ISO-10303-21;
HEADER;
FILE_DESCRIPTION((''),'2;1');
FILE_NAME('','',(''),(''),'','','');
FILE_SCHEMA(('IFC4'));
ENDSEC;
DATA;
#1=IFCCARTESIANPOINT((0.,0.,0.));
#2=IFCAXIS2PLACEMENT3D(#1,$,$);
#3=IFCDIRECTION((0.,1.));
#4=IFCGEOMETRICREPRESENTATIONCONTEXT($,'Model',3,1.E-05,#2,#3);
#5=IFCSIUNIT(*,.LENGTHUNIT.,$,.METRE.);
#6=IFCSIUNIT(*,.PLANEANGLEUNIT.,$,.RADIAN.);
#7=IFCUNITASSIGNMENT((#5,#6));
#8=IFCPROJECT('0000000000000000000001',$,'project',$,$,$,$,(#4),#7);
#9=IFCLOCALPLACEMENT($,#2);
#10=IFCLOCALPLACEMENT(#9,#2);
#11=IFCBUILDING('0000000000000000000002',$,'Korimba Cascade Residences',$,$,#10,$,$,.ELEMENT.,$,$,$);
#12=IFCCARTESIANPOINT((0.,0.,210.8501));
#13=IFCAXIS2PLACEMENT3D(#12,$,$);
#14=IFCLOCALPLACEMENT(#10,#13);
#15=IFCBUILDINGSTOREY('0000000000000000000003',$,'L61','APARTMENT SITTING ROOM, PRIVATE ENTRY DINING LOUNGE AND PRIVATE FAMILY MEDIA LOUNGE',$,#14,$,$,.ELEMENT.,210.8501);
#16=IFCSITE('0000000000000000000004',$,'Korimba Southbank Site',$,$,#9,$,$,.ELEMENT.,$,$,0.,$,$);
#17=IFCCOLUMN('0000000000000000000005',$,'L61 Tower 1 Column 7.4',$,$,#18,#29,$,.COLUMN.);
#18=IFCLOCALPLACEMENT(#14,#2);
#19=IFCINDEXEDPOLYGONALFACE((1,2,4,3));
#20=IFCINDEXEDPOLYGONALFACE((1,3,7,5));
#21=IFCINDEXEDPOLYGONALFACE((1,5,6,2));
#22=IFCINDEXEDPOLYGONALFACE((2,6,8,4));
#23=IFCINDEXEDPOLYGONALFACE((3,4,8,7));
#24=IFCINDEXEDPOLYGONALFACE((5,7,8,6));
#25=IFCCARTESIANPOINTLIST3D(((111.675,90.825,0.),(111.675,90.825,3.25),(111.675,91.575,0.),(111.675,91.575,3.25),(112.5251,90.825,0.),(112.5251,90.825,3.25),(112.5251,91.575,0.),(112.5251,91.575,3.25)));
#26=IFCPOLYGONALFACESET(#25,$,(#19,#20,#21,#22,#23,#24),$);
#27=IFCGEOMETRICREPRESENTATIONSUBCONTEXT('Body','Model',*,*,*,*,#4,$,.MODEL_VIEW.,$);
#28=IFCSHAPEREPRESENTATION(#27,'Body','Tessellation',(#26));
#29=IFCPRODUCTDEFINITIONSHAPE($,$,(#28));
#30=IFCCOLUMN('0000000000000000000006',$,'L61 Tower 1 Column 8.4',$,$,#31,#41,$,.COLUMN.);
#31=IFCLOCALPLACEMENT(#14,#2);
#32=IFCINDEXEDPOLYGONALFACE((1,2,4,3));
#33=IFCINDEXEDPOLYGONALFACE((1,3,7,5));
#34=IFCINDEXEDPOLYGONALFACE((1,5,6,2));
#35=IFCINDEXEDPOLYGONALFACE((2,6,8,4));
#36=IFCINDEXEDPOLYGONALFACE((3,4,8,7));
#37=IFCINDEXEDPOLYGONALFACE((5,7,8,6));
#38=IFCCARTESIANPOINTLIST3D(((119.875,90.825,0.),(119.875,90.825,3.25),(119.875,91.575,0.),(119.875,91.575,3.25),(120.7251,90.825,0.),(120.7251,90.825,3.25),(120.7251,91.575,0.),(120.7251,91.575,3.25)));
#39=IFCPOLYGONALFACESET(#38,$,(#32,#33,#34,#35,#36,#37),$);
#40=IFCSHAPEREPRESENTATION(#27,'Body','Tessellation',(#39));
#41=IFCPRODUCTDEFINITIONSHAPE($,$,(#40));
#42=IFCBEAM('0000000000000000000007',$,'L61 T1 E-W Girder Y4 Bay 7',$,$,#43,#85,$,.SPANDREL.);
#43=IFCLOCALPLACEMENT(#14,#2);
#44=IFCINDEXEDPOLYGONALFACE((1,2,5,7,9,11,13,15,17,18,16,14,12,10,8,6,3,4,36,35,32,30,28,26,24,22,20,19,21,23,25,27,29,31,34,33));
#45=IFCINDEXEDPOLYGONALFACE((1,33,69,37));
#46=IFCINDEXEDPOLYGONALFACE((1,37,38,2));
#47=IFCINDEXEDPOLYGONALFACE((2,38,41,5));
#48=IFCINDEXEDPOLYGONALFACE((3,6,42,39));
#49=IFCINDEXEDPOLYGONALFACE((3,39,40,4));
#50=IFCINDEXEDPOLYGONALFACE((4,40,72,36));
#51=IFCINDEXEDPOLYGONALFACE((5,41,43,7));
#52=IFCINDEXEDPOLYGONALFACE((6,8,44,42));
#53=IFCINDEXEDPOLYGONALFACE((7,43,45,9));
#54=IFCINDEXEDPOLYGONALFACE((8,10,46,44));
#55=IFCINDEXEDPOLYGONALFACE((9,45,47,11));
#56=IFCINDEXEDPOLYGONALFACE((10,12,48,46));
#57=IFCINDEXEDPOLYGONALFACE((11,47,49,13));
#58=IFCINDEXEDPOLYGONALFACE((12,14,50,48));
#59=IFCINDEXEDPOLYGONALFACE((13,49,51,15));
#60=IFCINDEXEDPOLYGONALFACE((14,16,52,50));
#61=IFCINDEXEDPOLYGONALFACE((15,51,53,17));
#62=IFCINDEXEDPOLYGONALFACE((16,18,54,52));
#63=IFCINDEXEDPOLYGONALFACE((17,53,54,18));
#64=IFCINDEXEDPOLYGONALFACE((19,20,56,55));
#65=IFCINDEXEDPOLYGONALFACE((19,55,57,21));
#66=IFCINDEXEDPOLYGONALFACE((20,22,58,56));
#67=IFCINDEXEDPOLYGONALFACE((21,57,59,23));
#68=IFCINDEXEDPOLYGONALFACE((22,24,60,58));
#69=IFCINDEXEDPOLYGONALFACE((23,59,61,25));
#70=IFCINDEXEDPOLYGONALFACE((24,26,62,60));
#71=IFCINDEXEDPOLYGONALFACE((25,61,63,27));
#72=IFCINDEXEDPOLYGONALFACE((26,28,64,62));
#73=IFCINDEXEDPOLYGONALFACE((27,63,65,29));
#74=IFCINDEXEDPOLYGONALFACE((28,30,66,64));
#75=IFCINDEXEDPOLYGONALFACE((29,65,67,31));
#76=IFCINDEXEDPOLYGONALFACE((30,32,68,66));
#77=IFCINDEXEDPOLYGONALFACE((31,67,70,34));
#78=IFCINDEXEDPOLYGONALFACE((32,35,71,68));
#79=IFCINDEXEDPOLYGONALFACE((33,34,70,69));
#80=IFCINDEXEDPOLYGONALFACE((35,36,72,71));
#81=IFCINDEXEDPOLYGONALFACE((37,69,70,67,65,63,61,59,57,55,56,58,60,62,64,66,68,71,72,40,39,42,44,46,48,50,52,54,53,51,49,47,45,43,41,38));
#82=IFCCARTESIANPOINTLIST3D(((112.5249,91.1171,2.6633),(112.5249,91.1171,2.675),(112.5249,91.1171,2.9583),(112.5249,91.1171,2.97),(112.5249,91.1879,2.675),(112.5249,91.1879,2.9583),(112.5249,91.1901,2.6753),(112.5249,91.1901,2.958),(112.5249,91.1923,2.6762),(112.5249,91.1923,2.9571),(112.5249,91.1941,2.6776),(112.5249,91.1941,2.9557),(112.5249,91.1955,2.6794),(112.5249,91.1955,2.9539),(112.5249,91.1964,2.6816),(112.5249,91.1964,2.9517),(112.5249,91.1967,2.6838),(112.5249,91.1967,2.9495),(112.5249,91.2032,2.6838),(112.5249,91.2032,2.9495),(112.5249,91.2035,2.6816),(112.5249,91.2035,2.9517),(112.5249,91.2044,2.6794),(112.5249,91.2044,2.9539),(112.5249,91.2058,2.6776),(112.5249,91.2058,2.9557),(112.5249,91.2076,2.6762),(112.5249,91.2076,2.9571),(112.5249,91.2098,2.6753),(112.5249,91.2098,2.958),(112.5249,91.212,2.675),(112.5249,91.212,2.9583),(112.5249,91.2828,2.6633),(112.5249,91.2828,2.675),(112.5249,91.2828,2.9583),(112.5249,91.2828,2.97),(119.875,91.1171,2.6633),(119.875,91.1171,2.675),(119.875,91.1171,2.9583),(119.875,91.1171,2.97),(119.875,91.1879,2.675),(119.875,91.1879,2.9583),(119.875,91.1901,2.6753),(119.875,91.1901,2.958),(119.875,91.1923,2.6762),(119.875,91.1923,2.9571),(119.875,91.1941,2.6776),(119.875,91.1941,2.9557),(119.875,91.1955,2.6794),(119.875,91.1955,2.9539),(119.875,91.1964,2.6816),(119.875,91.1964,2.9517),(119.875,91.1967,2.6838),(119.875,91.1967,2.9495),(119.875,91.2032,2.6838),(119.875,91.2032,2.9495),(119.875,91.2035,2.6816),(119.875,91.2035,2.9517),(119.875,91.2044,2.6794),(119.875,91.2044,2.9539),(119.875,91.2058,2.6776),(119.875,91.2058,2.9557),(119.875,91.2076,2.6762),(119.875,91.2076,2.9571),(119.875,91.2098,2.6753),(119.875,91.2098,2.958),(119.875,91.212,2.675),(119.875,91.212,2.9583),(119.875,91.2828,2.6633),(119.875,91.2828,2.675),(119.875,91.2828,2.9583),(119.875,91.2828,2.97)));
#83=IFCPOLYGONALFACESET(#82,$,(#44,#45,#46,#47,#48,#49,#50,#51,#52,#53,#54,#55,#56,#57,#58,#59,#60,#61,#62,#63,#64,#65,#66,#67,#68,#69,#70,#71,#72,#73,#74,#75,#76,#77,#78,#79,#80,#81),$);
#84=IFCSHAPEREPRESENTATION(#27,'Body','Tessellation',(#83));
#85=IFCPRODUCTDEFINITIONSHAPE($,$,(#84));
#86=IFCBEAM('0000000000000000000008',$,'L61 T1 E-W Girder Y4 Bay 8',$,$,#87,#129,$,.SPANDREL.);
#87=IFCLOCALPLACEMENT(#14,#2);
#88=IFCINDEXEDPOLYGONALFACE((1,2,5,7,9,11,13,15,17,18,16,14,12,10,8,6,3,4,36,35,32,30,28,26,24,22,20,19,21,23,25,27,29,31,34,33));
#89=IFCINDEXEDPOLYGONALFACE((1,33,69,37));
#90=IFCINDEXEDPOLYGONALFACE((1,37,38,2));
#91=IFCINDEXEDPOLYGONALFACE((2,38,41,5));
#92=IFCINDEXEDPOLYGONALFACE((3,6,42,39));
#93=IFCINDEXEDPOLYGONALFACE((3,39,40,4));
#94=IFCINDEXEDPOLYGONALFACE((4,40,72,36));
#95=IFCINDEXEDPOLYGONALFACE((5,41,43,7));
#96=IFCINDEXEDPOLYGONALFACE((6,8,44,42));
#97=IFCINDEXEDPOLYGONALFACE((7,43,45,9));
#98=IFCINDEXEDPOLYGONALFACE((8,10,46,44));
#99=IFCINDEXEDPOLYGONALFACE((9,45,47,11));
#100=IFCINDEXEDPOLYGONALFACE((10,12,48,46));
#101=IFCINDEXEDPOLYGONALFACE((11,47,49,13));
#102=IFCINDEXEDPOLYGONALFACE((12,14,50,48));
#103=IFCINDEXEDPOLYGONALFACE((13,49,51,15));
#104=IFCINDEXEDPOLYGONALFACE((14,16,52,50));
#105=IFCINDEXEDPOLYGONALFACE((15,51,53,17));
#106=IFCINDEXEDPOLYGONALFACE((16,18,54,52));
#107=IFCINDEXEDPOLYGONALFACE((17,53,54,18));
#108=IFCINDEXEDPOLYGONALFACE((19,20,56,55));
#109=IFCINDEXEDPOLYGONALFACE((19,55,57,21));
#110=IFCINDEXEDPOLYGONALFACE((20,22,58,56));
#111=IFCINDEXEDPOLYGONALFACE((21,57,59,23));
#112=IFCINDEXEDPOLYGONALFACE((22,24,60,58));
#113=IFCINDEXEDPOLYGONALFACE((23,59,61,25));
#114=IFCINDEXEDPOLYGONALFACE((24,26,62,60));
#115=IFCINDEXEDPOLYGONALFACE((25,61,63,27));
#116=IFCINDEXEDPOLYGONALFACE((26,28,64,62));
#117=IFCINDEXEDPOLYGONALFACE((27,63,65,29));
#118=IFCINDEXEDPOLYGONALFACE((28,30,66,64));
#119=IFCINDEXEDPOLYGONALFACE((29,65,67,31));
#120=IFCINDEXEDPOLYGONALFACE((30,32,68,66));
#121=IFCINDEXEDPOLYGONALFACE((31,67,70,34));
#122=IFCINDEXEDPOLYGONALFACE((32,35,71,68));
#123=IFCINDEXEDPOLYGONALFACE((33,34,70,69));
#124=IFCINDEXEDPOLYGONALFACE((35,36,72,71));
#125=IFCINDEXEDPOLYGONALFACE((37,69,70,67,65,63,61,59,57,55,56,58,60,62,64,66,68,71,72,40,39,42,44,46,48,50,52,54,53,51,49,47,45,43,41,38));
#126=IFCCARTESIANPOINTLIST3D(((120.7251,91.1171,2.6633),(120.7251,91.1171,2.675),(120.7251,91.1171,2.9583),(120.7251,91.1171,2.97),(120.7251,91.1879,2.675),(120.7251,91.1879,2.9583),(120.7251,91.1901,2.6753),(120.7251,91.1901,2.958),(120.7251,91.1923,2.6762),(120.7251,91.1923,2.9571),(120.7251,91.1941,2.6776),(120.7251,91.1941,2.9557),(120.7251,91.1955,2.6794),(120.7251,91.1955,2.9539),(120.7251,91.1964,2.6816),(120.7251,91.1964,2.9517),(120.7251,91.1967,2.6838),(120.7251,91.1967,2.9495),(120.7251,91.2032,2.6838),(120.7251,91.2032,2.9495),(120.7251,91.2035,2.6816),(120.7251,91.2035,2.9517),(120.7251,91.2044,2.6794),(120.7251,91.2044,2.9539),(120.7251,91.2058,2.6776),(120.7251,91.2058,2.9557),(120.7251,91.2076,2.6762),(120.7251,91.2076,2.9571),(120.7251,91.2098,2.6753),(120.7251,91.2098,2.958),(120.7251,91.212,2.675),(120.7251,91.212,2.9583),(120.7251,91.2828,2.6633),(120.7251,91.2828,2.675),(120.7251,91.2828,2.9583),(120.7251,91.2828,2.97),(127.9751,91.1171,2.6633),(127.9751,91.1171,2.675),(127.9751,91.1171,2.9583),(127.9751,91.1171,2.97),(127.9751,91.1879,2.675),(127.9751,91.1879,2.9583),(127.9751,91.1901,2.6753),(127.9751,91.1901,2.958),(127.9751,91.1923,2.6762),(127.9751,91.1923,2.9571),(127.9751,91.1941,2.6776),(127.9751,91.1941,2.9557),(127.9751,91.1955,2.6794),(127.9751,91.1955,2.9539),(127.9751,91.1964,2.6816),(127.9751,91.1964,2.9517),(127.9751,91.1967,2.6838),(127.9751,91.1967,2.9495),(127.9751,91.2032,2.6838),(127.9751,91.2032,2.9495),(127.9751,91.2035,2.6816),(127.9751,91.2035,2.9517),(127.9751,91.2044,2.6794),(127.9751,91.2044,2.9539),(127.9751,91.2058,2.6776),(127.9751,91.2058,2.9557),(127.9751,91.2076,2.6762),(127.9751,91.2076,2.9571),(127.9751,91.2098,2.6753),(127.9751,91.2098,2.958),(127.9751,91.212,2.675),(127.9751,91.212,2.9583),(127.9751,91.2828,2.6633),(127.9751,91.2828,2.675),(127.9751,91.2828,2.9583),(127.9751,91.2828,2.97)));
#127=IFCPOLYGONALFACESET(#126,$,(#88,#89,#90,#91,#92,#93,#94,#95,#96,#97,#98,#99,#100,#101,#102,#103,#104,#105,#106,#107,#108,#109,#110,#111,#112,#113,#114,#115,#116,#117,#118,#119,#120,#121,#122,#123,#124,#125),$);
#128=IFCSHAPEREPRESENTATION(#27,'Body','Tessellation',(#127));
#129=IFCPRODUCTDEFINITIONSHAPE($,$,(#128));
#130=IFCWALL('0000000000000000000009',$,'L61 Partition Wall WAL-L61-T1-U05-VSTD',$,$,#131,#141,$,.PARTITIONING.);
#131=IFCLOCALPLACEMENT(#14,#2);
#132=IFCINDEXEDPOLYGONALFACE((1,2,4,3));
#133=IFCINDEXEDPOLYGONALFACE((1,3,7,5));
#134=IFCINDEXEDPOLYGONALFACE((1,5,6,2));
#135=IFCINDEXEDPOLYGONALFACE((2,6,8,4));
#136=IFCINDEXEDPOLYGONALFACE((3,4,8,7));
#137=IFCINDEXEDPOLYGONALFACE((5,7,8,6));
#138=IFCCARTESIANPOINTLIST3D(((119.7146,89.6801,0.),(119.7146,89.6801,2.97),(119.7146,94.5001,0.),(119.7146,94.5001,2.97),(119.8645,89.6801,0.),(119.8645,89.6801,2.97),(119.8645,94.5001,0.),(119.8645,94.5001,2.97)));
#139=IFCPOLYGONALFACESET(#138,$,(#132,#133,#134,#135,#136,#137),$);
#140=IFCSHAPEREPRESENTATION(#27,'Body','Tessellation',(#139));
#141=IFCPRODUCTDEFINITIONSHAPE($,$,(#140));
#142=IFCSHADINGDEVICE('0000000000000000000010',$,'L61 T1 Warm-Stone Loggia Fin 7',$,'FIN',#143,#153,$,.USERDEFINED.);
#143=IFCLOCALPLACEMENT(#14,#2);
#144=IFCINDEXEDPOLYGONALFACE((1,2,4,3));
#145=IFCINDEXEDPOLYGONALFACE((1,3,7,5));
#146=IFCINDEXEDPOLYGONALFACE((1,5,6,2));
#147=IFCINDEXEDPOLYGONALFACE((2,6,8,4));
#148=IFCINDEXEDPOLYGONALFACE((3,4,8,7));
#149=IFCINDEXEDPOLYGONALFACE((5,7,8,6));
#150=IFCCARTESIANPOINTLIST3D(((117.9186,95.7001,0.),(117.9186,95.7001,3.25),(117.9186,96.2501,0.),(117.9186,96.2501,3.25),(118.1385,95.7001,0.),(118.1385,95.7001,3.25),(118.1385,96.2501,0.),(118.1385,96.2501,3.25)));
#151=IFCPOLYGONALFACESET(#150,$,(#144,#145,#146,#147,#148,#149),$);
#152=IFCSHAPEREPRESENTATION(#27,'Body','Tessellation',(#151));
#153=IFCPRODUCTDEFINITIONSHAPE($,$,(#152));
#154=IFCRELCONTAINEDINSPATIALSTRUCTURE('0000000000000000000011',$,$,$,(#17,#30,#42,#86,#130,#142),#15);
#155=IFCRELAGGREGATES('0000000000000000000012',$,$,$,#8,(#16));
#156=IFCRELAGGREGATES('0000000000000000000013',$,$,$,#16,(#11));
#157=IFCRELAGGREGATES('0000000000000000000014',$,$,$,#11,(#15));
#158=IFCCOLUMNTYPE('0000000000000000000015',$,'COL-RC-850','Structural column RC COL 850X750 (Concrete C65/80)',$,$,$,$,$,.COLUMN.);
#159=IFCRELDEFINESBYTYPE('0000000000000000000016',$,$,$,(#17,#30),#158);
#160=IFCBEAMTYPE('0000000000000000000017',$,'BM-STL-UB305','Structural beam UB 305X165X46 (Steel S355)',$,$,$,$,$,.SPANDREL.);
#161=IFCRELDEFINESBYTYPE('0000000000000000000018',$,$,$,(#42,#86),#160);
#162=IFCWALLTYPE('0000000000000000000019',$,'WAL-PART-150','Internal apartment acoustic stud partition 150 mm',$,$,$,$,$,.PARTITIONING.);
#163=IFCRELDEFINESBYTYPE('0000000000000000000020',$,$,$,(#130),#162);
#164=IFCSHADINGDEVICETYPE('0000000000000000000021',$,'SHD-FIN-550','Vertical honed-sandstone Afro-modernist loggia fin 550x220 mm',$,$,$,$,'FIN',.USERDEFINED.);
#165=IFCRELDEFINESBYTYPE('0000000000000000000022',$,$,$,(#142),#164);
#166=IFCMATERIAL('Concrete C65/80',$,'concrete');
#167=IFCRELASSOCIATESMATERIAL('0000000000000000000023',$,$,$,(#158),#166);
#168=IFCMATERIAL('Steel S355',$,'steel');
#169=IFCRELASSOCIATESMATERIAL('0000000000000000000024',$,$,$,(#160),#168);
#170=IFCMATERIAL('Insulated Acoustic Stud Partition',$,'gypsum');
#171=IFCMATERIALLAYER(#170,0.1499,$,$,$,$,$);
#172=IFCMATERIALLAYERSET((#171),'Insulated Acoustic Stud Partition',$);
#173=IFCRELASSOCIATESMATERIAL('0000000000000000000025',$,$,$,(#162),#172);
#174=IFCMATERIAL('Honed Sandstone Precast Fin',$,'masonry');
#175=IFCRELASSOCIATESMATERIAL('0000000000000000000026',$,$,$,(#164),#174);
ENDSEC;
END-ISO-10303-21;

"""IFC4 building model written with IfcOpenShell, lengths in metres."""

from ifc_helpers import new_model, si_unit, direction, frame, frame_2d, origin, origin_2d, place, context, subcontext, project, spatial, rectangle, i_section, extrude, material, layer, layer_set, material_profile, profile_set, type_object, element, save


model = new_model("IFC4")

# Units and contexts
model_context = context("Model", 3, precision=1e-05, world=origin(), true_north=direction((0.0, 1.0)))
body_context = subcontext(model_context, "Body", "Model", "MODEL_VIEW")
ifc_project = project(units=[si_unit("LENGTHUNIT", "METRE"), si_unit("PLANEANGLEUNIT", "RADIAN")], contexts=[model_context])

# Site, building, storey
site_placement = place(None, origin())
site = spatial("IfcSite", under=ifc_project, at=site_placement, Name="Korimba Southbank Site", CompositionType="ELEMENT", RefElevation=0.0)
building_placement = place(site_placement, origin())
building = spatial("IfcBuilding", under=site, at=building_placement, Name="Korimba Cascade Residences", CompositionType="ELEMENT")
storey_placement = place(building_placement, frame((0.0, 0.0, 210.8501)))
storey = spatial("IfcBuildingStorey", under=building, at=storey_placement, Name="L61", Description="APARTMENT SITTING ROOM, PRIVATE ENTRY DINING LOUNGE AND PRIVATE FAMILY MEDIA LOUNGE", CompositionType="ELEMENT", Elevation=210.8501)

# Columns
ifc_material_1 = material(Name="Concrete C65/80", Category="concrete")
ifc_material_profile_1 = material_profile(ifc_material_1, rectangle(XDim=0.8501, YDim=0.75, at=origin_2d()), Name="Concrete C65/80")
ifc_profile_set_1 = profile_set([ifc_material_profile_1], Name="Concrete C65/80")
column_type = type_object("IfcColumnType", Name="COL-RC-850", Description="Structural column RC COL 850X750 (Concrete C65/80)", PredefinedType="COLUMN", material=ifc_profile_set_1)
for number, where, z_axis, x_axis, name in (
    (1, (112.1001, 91.2, 0.0), (0.0, 0.0, 1.0), (1.0, 0.0, 0.0), "L61 Tower 1 Column 7.4"),
    (2, (120.3, 91.2, 0.0), (0.0, 0.0, 1.0), (1.0, 0.0, 0.0), "L61 Tower 1 Column 8.4"),
):
    element("IfcColumn", number, at=place(storey_placement, frame(where, z_axis=z_axis, x_axis=x_axis)), inside=storey, type_object=column_type, Name=name, PredefinedType="COLUMN", context=body_context, shape_type="SweptSolid", body=[
        extrude(rectangle(XDim=0.8501, YDim=0.75, at=origin_2d()), origin(), (0.0, 0.0, 1.0), 3.25),
    ])

# Beams
ifc_material_2 = material(Name="Steel S355", Category="steel")
ifc_material_profile_2 = material_profile(ifc_material_2, i_section(OverallWidth=0.1658, OverallDepth=0.3066, WebThickness=0.0066, FlangeThickness=0.0117, FilletRadius=0.0088, at=origin_2d()), Name="Steel S355")
ifc_profile_set_2 = profile_set([ifc_material_profile_2], Name="Steel S355")
beam_type = type_object("IfcBeamType", Name="BM-STL-UB305", Description="Structural beam UB 305X165X46 (Steel S355)", PredefinedType="SPANDREL", material=ifc_profile_set_2)
beam_1_placement = place(storey_placement, frame((112.5249, 91.2, 2.8167), z_axis=(1.0, 0.0, 0.0), x_axis=(0.0, 1.0, 0.0)))
element("IfcBeam", 3, at=beam_1_placement, inside=storey, type_object=beam_type, Name="L61 T1 E-W Girder Y4 Bay 7", PredefinedType="SPANDREL", context=body_context, shape_type="SweptSolid", body=[
    extrude(i_section(OverallWidth=0.1658, OverallDepth=0.3066, WebThickness=0.0066, FlangeThickness=0.0117, FilletRadius=0.0088, at=origin_2d()), origin(), (0.0, 0.0, 1.0), 7.3501),
])
beam_2_placement = place(storey_placement, frame((120.7251, 91.2, 2.8167), z_axis=(1.0, 0.0, 0.0), x_axis=(0.0, 1.0, 0.0)))
element("IfcBeam", 4, at=beam_2_placement, inside=storey, type_object=beam_type, Name="L61 T1 E-W Girder Y4 Bay 8", PredefinedType="SPANDREL", context=body_context, shape_type="SweptSolid", body=[
    extrude(i_section(OverallWidth=0.1658, OverallDepth=0.3066, WebThickness=0.0066, FlangeThickness=0.0117, FilletRadius=0.0088, at=origin_2d()), origin(), (0.0, 0.0, 1.0), 7.25),
])

# Wall
ifc_material_3 = material(Name="Insulated Acoustic Stud Partition", Category="gypsum")
ifc_layer = layer(ifc_material_3, 0.1499)
ifc_layer_set = layer_set([ifc_layer], Name="Insulated Acoustic Stud Partition")
wall_type = type_object("IfcWallType", Name="WAL-PART-150", Description="Internal apartment acoustic stud partition 150 mm", PredefinedType="PARTITIONING", material=ifc_layer_set)
wall_placement = place(storey_placement, frame((119.7896, 89.6799, 0.0), z_axis=(0.0, 0.0, 1.0), x_axis=(0.0, 1.0, 0.0)))
element("IfcWall", 5, at=wall_placement, inside=storey, type_object=wall_type, Name="L61 Partition Wall WAL-L61-T1-U05-VSTD", PredefinedType="PARTITIONING", context=body_context, shape_type="SweptSolid", body=[
    extrude(rectangle(XDim=4.8201, YDim=0.1499, at=frame_2d((2.4102, 0.0))), origin(), (0.0, 0.0, 1.0), 2.97),
])

# Shading device
ifc_material_4 = material(Name="Honed Sandstone Precast Fin", Category="masonry")
shading_device_type = type_object("IfcShadingDeviceType", Name="SHD-FIN-550", Description="Vertical honed-sandstone Afro-modernist loggia fin 550x220 mm", ElementType="FIN", PredefinedType="USERDEFINED", material=ifc_material_4)
shading_device_placement = place(storey_placement, frame((118.0286, 95.9751, 0.0), z_axis=(0.0, 0.0, 1.0), x_axis=(1.0, 0.0, 0.0)))
element("IfcShadingDevice", 6, at=shading_device_placement, inside=storey, type_object=shading_device_type, Name="L61 T1 Warm-Stone Loggia Fin 7", ObjectType="FIN", PredefinedType="USERDEFINED", context=body_context, shape_type="SweptSolid", body=[
    extrude(rectangle(XDim=0.22, YDim=0.55, at=origin_2d()), origin(), (0.0, 0.0, 1.0), 3.25),
])

save(model, "model.ifc")
